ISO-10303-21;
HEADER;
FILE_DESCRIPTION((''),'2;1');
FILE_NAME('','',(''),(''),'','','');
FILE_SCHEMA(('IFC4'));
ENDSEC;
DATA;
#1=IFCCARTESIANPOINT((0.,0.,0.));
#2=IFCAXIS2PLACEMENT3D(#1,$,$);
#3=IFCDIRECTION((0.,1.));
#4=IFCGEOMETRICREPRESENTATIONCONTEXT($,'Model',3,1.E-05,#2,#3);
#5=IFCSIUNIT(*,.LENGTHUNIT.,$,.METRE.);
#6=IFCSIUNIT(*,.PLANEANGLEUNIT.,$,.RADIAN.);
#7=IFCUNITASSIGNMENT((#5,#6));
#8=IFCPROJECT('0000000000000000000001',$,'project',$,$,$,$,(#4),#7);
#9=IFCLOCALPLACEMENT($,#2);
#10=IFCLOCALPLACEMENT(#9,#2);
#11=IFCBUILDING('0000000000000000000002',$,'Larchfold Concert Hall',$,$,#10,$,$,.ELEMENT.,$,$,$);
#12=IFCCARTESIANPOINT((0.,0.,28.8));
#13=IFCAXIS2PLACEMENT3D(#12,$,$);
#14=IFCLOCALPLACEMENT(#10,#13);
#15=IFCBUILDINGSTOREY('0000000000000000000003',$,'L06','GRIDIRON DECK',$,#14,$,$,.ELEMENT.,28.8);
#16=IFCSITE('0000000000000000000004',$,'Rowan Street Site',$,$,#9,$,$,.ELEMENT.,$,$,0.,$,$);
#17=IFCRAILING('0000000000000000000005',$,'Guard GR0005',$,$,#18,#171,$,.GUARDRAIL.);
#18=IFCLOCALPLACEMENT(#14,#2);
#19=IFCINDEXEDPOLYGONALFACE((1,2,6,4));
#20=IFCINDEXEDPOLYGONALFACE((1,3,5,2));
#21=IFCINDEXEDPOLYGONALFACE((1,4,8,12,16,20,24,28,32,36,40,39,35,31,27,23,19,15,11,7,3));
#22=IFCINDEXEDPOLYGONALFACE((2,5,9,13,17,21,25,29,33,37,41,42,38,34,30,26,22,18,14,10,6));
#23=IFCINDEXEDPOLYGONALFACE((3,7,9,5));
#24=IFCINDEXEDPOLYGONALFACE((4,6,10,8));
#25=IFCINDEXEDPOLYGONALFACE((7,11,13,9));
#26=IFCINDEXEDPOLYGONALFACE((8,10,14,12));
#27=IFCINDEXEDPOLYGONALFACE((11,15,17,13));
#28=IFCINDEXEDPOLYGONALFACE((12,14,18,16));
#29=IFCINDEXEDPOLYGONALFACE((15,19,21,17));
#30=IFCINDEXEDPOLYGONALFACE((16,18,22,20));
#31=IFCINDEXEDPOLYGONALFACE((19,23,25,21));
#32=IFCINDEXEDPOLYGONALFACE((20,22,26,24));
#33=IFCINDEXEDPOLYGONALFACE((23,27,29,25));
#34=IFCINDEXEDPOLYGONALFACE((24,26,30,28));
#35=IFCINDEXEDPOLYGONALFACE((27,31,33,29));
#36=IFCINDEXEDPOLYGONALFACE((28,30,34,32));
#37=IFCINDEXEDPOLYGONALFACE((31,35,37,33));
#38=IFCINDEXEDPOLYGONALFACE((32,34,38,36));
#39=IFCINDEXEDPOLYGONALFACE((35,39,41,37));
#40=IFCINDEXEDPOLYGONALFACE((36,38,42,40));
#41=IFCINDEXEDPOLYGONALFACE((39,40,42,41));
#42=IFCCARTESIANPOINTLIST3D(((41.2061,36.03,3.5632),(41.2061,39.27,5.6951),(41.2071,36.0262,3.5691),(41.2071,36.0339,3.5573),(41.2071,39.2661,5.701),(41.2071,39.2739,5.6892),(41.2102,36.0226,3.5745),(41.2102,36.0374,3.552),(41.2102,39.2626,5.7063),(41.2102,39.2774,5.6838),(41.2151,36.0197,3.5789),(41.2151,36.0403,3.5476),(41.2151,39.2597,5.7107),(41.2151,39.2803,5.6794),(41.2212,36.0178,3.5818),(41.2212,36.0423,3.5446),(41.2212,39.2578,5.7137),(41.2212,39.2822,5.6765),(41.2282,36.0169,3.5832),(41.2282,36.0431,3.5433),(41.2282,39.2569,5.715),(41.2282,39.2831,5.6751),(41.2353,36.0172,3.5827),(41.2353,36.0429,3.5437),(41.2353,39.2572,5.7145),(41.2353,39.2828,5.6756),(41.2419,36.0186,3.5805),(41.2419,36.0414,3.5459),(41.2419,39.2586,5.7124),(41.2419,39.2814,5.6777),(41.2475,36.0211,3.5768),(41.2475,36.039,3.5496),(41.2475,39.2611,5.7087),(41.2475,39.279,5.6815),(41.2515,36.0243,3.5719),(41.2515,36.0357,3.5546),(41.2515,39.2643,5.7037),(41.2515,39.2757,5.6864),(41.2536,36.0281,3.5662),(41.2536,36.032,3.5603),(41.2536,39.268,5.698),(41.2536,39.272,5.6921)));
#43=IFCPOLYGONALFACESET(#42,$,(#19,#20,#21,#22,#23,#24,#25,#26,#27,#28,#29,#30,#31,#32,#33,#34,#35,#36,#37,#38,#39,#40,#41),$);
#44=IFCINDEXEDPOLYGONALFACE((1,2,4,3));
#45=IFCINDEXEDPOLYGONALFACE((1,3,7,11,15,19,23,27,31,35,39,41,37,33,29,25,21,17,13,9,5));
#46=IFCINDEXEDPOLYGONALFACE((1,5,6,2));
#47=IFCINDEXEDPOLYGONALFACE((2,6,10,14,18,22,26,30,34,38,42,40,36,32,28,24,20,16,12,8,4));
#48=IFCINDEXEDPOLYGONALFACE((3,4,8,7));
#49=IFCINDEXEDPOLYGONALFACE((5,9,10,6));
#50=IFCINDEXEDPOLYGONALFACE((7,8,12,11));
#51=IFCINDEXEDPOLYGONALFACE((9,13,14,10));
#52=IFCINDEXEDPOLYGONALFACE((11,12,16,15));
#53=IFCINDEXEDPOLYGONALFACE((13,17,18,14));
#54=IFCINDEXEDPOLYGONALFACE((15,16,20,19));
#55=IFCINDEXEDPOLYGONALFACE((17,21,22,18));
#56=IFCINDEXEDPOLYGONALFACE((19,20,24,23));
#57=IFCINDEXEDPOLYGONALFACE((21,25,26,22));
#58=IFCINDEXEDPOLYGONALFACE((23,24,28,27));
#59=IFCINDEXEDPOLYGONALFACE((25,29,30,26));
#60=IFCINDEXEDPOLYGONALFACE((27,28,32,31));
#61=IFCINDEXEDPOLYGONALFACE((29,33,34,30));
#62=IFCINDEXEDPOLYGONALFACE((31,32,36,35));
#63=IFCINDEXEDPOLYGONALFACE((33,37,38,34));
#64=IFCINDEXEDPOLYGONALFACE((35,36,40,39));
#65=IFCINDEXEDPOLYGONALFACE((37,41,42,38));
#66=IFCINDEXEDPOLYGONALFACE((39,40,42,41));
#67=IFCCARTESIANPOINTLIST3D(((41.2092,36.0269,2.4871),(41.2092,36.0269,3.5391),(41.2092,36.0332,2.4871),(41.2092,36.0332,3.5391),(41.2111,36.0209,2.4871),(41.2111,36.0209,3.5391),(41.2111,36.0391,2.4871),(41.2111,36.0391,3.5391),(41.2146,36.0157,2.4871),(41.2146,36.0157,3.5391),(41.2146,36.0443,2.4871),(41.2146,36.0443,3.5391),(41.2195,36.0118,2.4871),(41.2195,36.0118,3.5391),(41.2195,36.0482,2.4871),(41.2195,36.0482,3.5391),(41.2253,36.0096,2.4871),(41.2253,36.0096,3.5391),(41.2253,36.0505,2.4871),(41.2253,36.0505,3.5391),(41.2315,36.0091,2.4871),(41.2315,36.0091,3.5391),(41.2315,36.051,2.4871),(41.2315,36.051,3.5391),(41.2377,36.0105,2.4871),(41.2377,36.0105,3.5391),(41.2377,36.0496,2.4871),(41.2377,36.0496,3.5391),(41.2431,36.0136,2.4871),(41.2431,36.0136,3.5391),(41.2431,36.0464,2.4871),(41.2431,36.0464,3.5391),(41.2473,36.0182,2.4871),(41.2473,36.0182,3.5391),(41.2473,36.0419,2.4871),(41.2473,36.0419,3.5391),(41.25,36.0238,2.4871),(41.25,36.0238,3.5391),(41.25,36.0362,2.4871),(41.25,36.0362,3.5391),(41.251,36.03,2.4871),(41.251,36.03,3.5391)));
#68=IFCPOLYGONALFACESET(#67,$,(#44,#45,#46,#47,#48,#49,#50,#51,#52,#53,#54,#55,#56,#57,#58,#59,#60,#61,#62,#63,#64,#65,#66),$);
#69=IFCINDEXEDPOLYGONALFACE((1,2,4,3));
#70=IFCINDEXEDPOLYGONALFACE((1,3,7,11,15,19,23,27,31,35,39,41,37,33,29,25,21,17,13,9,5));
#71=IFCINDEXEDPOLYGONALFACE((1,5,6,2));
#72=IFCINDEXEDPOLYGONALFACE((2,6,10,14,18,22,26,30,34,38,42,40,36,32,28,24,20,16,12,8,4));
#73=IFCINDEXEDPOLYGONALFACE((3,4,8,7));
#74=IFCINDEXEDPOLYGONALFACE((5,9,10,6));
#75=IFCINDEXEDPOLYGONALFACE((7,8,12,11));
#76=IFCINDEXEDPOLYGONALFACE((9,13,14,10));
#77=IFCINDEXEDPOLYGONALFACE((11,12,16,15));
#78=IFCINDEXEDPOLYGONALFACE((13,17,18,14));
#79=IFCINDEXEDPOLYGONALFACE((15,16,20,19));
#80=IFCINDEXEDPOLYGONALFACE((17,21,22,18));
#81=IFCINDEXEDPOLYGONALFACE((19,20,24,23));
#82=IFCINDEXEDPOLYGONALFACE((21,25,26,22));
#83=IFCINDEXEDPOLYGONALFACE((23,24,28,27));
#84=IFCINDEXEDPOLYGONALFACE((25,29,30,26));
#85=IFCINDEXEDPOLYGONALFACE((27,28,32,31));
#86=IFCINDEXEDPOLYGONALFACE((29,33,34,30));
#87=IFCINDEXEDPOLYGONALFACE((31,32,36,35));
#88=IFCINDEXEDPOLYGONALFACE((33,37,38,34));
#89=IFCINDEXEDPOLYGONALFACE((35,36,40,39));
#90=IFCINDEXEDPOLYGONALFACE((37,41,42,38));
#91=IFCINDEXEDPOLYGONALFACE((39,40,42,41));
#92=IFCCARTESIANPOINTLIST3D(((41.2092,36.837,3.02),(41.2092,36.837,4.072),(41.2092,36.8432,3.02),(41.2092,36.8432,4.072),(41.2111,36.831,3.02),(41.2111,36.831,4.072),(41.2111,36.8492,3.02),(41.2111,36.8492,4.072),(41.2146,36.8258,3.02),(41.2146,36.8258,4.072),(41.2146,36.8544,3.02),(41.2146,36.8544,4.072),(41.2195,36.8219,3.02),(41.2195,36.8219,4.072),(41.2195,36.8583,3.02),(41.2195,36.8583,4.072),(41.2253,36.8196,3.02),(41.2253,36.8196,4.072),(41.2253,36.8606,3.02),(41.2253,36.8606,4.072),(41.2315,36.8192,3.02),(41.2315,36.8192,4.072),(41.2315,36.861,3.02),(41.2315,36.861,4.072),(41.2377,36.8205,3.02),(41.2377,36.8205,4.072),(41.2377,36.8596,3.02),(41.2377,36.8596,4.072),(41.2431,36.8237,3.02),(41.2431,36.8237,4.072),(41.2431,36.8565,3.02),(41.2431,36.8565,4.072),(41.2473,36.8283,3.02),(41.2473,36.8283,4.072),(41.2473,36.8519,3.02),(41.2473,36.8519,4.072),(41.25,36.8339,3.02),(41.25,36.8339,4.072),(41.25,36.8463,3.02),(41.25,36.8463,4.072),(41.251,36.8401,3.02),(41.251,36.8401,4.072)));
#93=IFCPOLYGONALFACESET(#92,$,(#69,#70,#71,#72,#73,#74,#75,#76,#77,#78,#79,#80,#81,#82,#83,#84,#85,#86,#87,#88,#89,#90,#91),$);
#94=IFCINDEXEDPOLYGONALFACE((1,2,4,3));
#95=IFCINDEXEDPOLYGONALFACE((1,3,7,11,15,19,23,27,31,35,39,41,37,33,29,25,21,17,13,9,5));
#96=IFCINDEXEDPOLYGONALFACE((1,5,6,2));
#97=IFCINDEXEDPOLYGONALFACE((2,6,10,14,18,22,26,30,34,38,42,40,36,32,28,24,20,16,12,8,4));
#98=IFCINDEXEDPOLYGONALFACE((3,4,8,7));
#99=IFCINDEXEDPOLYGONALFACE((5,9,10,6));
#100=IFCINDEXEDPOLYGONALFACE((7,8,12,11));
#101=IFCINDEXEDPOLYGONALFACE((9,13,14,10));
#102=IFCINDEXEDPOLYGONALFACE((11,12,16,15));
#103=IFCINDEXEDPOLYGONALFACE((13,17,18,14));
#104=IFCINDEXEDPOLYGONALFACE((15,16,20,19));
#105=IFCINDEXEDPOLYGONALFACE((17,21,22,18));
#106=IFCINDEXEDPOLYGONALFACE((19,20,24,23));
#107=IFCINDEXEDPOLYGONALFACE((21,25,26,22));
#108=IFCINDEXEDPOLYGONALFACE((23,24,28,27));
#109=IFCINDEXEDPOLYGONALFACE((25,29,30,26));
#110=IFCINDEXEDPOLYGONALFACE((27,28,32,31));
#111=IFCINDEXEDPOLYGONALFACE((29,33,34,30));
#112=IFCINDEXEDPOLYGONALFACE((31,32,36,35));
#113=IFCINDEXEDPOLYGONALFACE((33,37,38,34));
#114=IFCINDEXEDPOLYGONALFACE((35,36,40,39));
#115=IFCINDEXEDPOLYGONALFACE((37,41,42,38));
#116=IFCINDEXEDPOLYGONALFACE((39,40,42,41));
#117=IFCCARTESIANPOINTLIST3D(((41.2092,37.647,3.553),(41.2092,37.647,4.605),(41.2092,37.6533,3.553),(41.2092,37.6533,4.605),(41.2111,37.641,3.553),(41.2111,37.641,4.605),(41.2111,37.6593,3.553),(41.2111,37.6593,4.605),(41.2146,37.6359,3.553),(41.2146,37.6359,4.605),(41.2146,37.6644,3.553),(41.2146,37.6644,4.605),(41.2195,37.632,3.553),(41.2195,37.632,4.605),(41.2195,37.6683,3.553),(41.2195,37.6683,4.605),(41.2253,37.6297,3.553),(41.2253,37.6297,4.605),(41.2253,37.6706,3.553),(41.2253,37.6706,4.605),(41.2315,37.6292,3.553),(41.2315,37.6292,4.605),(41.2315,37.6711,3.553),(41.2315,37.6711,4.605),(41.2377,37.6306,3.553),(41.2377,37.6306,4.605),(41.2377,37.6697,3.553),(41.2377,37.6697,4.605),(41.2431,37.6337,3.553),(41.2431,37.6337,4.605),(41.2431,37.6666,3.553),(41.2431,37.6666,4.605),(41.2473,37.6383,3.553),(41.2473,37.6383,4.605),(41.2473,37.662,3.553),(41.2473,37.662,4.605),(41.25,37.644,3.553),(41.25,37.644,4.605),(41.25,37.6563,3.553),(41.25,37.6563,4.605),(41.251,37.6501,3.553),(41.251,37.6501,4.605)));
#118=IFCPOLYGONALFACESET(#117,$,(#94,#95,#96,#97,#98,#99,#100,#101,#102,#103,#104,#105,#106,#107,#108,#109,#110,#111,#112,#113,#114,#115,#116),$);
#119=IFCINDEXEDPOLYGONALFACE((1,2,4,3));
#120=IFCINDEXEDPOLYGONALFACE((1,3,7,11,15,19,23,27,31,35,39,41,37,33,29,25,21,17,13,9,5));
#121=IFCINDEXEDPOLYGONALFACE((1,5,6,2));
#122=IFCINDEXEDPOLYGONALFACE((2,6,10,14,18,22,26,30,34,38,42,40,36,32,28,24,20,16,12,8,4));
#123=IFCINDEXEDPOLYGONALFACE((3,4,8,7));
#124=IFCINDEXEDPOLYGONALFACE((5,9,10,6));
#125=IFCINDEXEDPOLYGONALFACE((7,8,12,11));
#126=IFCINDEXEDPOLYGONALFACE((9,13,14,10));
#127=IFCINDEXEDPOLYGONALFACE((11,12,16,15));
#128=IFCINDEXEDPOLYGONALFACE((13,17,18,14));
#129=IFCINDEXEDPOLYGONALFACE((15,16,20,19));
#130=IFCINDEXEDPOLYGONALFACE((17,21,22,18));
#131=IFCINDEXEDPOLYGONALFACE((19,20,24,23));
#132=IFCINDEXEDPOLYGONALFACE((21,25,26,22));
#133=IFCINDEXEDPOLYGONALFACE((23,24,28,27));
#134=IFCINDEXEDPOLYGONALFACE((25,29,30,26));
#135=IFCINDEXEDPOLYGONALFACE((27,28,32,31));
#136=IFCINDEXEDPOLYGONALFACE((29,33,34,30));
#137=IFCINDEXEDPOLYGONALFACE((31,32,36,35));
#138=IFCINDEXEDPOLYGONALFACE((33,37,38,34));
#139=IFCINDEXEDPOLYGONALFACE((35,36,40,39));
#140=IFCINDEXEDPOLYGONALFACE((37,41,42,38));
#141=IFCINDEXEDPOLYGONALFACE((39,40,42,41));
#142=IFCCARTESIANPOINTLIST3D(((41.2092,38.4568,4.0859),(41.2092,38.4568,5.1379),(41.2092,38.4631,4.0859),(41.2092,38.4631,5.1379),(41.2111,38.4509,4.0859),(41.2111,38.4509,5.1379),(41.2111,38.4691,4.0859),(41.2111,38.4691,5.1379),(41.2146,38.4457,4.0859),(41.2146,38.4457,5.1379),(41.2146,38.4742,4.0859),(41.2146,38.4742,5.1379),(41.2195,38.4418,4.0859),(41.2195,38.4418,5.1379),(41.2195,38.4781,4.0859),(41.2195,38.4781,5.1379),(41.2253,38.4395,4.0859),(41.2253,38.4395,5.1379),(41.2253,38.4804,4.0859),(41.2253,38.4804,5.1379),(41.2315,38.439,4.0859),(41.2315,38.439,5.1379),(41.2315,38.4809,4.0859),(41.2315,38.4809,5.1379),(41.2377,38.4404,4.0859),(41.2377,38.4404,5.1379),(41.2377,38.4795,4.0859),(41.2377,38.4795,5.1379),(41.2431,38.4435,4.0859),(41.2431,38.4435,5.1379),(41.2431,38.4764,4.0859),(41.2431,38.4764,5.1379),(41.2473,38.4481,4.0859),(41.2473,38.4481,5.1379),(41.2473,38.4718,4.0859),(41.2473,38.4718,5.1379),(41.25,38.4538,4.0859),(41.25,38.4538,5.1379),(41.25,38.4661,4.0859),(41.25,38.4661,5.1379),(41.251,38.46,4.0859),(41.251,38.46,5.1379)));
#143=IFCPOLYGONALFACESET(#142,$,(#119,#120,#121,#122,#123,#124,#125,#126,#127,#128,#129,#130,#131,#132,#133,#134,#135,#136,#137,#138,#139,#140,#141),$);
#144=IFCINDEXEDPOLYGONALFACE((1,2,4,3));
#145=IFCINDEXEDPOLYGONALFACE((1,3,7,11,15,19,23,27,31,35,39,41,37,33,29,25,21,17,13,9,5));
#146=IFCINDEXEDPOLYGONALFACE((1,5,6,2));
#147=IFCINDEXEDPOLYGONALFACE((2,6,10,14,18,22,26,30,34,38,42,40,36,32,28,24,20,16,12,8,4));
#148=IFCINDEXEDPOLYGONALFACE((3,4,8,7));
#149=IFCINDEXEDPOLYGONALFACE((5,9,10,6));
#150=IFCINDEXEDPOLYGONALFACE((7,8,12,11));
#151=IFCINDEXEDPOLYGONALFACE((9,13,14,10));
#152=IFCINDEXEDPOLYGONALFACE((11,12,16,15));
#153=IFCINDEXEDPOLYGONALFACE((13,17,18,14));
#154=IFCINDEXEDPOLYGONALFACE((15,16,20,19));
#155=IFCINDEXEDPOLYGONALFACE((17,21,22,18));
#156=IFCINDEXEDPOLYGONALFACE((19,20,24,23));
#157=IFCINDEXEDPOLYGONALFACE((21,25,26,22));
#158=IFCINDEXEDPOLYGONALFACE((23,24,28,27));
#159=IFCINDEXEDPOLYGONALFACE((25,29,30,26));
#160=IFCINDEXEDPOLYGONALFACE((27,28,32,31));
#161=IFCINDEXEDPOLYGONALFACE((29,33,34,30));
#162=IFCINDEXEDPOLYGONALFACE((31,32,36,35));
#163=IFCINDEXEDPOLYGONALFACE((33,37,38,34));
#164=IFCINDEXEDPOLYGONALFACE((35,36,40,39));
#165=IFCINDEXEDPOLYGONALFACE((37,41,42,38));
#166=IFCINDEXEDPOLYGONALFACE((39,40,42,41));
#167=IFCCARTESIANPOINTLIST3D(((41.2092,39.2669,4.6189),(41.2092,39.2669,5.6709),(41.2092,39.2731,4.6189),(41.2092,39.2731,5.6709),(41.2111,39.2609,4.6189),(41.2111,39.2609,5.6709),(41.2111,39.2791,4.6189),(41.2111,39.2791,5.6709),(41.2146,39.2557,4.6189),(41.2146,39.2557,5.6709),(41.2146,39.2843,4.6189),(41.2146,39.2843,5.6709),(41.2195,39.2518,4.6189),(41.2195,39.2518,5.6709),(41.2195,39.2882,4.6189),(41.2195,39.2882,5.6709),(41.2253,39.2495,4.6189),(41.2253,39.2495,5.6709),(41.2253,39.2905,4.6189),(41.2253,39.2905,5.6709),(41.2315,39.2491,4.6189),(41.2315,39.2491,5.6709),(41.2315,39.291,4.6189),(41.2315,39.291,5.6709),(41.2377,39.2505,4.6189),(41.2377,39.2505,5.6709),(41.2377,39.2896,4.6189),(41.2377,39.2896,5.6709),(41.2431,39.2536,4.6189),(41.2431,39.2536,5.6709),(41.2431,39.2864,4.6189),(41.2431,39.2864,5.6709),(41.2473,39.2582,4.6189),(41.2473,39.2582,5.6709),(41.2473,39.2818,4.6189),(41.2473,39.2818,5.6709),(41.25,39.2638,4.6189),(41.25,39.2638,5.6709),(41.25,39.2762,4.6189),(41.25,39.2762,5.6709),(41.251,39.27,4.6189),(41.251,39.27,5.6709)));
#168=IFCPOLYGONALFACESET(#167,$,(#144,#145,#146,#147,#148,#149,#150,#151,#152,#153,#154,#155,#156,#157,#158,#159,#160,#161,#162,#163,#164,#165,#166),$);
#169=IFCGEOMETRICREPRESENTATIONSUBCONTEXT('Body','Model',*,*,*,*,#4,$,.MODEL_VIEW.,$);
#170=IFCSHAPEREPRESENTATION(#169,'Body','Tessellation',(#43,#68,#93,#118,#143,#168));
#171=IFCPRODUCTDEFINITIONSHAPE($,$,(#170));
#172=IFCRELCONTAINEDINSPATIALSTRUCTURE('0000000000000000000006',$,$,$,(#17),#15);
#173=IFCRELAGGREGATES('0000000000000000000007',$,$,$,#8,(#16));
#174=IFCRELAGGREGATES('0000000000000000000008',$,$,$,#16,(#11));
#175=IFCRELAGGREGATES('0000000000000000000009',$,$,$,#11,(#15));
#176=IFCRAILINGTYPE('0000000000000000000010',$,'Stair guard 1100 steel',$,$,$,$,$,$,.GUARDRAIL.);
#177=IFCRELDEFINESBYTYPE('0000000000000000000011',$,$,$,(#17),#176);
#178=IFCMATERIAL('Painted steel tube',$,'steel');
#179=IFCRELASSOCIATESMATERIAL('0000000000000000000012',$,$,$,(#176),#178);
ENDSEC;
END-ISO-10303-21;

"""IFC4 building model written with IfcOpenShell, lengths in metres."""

from ifc_helpers import new_model, si_unit, direction, frame, origin, origin_2d, place, context, subcontext, project, spatial, circle, extrude, material, type_object, element, save


model = new_model("IFC4")

# Units and contexts
model_context = context("Model", 3, precision=1e-05, world=origin(), true_north=direction((0.0, 1.0)))
body_context = subcontext(model_context, "Body", "Model", "MODEL_VIEW")
ifc_project = project(units=[si_unit("LENGTHUNIT", "METRE"), si_unit("PLANEANGLEUNIT", "RADIAN")], contexts=[model_context])

# Site, building, storey
site_placement = place(None, origin())
site = spatial("IfcSite", under=ifc_project, at=site_placement, Name="Rowan Street Site", CompositionType="ELEMENT", RefElevation=0.0)
building_placement = place(site_placement, origin())
building = spatial("IfcBuilding", under=site, at=building_placement, Name="Larchfold Concert Hall", CompositionType="ELEMENT")
storey_placement = place(building_placement, frame((0.0, 0.0, 28.8)))
storey = spatial("IfcBuildingStorey", under=building, at=storey_placement, Name="L06", Description="GRIDIRON DECK", CompositionType="ELEMENT", Elevation=28.8)

# Railing
ifc_material_1 = material(Name="Painted steel tube", Category="steel")
railing_type_1 = type_object("IfcRailingType", Name="Stair guard 1100 steel", PredefinedType="GUARDRAIL", material=ifc_material_1)
for number, where, name in (
    (1, (41.23, 36.03, 2.4871), "Guard GR0005"),
):
    element("IfcRailing", number, at=place(storey_placement, frame(where)), inside=storey, type_object=railing_type_1, Name=name, PredefinedType="GUARDRAIL", context=body_context, shape_type="SweptSolid", body=[
        extrude(circle(Radius=0.0239, at=origin_2d()), frame((0.0, 0.0, 1.0762), z_axis=(0.0, 0.835386, 0.549664), x_axis=(-1.0, 0.0, 0.0)), (0.0, 0.0, 1.0), 3.8784),
        extrude(circle(Radius=0.021, at=origin_2d()), origin(), (0.0, 0.0, 1.0), 1.052),
        extrude(circle(Radius=0.021, at=origin_2d()), frame((0.0, 0.8101, 0.533)), (0.0, 0.0, 1.0), 1.052),
        extrude(circle(Radius=0.021, at=origin_2d()), frame((0.0, 1.6201, 1.0659)), (0.0, 0.0, 1.0), 1.052),
        extrude(circle(Radius=0.021, at=origin_2d()), frame((0.0, 2.4299, 1.5989)), (0.0, 0.0, 1.0), 1.052),
        extrude(circle(Radius=0.021, at=origin_2d()), frame((0.0, 3.24, 2.1318)), (0.0, 0.0, 1.0), 1.052),
    ])

save(model, "model.ifc")
